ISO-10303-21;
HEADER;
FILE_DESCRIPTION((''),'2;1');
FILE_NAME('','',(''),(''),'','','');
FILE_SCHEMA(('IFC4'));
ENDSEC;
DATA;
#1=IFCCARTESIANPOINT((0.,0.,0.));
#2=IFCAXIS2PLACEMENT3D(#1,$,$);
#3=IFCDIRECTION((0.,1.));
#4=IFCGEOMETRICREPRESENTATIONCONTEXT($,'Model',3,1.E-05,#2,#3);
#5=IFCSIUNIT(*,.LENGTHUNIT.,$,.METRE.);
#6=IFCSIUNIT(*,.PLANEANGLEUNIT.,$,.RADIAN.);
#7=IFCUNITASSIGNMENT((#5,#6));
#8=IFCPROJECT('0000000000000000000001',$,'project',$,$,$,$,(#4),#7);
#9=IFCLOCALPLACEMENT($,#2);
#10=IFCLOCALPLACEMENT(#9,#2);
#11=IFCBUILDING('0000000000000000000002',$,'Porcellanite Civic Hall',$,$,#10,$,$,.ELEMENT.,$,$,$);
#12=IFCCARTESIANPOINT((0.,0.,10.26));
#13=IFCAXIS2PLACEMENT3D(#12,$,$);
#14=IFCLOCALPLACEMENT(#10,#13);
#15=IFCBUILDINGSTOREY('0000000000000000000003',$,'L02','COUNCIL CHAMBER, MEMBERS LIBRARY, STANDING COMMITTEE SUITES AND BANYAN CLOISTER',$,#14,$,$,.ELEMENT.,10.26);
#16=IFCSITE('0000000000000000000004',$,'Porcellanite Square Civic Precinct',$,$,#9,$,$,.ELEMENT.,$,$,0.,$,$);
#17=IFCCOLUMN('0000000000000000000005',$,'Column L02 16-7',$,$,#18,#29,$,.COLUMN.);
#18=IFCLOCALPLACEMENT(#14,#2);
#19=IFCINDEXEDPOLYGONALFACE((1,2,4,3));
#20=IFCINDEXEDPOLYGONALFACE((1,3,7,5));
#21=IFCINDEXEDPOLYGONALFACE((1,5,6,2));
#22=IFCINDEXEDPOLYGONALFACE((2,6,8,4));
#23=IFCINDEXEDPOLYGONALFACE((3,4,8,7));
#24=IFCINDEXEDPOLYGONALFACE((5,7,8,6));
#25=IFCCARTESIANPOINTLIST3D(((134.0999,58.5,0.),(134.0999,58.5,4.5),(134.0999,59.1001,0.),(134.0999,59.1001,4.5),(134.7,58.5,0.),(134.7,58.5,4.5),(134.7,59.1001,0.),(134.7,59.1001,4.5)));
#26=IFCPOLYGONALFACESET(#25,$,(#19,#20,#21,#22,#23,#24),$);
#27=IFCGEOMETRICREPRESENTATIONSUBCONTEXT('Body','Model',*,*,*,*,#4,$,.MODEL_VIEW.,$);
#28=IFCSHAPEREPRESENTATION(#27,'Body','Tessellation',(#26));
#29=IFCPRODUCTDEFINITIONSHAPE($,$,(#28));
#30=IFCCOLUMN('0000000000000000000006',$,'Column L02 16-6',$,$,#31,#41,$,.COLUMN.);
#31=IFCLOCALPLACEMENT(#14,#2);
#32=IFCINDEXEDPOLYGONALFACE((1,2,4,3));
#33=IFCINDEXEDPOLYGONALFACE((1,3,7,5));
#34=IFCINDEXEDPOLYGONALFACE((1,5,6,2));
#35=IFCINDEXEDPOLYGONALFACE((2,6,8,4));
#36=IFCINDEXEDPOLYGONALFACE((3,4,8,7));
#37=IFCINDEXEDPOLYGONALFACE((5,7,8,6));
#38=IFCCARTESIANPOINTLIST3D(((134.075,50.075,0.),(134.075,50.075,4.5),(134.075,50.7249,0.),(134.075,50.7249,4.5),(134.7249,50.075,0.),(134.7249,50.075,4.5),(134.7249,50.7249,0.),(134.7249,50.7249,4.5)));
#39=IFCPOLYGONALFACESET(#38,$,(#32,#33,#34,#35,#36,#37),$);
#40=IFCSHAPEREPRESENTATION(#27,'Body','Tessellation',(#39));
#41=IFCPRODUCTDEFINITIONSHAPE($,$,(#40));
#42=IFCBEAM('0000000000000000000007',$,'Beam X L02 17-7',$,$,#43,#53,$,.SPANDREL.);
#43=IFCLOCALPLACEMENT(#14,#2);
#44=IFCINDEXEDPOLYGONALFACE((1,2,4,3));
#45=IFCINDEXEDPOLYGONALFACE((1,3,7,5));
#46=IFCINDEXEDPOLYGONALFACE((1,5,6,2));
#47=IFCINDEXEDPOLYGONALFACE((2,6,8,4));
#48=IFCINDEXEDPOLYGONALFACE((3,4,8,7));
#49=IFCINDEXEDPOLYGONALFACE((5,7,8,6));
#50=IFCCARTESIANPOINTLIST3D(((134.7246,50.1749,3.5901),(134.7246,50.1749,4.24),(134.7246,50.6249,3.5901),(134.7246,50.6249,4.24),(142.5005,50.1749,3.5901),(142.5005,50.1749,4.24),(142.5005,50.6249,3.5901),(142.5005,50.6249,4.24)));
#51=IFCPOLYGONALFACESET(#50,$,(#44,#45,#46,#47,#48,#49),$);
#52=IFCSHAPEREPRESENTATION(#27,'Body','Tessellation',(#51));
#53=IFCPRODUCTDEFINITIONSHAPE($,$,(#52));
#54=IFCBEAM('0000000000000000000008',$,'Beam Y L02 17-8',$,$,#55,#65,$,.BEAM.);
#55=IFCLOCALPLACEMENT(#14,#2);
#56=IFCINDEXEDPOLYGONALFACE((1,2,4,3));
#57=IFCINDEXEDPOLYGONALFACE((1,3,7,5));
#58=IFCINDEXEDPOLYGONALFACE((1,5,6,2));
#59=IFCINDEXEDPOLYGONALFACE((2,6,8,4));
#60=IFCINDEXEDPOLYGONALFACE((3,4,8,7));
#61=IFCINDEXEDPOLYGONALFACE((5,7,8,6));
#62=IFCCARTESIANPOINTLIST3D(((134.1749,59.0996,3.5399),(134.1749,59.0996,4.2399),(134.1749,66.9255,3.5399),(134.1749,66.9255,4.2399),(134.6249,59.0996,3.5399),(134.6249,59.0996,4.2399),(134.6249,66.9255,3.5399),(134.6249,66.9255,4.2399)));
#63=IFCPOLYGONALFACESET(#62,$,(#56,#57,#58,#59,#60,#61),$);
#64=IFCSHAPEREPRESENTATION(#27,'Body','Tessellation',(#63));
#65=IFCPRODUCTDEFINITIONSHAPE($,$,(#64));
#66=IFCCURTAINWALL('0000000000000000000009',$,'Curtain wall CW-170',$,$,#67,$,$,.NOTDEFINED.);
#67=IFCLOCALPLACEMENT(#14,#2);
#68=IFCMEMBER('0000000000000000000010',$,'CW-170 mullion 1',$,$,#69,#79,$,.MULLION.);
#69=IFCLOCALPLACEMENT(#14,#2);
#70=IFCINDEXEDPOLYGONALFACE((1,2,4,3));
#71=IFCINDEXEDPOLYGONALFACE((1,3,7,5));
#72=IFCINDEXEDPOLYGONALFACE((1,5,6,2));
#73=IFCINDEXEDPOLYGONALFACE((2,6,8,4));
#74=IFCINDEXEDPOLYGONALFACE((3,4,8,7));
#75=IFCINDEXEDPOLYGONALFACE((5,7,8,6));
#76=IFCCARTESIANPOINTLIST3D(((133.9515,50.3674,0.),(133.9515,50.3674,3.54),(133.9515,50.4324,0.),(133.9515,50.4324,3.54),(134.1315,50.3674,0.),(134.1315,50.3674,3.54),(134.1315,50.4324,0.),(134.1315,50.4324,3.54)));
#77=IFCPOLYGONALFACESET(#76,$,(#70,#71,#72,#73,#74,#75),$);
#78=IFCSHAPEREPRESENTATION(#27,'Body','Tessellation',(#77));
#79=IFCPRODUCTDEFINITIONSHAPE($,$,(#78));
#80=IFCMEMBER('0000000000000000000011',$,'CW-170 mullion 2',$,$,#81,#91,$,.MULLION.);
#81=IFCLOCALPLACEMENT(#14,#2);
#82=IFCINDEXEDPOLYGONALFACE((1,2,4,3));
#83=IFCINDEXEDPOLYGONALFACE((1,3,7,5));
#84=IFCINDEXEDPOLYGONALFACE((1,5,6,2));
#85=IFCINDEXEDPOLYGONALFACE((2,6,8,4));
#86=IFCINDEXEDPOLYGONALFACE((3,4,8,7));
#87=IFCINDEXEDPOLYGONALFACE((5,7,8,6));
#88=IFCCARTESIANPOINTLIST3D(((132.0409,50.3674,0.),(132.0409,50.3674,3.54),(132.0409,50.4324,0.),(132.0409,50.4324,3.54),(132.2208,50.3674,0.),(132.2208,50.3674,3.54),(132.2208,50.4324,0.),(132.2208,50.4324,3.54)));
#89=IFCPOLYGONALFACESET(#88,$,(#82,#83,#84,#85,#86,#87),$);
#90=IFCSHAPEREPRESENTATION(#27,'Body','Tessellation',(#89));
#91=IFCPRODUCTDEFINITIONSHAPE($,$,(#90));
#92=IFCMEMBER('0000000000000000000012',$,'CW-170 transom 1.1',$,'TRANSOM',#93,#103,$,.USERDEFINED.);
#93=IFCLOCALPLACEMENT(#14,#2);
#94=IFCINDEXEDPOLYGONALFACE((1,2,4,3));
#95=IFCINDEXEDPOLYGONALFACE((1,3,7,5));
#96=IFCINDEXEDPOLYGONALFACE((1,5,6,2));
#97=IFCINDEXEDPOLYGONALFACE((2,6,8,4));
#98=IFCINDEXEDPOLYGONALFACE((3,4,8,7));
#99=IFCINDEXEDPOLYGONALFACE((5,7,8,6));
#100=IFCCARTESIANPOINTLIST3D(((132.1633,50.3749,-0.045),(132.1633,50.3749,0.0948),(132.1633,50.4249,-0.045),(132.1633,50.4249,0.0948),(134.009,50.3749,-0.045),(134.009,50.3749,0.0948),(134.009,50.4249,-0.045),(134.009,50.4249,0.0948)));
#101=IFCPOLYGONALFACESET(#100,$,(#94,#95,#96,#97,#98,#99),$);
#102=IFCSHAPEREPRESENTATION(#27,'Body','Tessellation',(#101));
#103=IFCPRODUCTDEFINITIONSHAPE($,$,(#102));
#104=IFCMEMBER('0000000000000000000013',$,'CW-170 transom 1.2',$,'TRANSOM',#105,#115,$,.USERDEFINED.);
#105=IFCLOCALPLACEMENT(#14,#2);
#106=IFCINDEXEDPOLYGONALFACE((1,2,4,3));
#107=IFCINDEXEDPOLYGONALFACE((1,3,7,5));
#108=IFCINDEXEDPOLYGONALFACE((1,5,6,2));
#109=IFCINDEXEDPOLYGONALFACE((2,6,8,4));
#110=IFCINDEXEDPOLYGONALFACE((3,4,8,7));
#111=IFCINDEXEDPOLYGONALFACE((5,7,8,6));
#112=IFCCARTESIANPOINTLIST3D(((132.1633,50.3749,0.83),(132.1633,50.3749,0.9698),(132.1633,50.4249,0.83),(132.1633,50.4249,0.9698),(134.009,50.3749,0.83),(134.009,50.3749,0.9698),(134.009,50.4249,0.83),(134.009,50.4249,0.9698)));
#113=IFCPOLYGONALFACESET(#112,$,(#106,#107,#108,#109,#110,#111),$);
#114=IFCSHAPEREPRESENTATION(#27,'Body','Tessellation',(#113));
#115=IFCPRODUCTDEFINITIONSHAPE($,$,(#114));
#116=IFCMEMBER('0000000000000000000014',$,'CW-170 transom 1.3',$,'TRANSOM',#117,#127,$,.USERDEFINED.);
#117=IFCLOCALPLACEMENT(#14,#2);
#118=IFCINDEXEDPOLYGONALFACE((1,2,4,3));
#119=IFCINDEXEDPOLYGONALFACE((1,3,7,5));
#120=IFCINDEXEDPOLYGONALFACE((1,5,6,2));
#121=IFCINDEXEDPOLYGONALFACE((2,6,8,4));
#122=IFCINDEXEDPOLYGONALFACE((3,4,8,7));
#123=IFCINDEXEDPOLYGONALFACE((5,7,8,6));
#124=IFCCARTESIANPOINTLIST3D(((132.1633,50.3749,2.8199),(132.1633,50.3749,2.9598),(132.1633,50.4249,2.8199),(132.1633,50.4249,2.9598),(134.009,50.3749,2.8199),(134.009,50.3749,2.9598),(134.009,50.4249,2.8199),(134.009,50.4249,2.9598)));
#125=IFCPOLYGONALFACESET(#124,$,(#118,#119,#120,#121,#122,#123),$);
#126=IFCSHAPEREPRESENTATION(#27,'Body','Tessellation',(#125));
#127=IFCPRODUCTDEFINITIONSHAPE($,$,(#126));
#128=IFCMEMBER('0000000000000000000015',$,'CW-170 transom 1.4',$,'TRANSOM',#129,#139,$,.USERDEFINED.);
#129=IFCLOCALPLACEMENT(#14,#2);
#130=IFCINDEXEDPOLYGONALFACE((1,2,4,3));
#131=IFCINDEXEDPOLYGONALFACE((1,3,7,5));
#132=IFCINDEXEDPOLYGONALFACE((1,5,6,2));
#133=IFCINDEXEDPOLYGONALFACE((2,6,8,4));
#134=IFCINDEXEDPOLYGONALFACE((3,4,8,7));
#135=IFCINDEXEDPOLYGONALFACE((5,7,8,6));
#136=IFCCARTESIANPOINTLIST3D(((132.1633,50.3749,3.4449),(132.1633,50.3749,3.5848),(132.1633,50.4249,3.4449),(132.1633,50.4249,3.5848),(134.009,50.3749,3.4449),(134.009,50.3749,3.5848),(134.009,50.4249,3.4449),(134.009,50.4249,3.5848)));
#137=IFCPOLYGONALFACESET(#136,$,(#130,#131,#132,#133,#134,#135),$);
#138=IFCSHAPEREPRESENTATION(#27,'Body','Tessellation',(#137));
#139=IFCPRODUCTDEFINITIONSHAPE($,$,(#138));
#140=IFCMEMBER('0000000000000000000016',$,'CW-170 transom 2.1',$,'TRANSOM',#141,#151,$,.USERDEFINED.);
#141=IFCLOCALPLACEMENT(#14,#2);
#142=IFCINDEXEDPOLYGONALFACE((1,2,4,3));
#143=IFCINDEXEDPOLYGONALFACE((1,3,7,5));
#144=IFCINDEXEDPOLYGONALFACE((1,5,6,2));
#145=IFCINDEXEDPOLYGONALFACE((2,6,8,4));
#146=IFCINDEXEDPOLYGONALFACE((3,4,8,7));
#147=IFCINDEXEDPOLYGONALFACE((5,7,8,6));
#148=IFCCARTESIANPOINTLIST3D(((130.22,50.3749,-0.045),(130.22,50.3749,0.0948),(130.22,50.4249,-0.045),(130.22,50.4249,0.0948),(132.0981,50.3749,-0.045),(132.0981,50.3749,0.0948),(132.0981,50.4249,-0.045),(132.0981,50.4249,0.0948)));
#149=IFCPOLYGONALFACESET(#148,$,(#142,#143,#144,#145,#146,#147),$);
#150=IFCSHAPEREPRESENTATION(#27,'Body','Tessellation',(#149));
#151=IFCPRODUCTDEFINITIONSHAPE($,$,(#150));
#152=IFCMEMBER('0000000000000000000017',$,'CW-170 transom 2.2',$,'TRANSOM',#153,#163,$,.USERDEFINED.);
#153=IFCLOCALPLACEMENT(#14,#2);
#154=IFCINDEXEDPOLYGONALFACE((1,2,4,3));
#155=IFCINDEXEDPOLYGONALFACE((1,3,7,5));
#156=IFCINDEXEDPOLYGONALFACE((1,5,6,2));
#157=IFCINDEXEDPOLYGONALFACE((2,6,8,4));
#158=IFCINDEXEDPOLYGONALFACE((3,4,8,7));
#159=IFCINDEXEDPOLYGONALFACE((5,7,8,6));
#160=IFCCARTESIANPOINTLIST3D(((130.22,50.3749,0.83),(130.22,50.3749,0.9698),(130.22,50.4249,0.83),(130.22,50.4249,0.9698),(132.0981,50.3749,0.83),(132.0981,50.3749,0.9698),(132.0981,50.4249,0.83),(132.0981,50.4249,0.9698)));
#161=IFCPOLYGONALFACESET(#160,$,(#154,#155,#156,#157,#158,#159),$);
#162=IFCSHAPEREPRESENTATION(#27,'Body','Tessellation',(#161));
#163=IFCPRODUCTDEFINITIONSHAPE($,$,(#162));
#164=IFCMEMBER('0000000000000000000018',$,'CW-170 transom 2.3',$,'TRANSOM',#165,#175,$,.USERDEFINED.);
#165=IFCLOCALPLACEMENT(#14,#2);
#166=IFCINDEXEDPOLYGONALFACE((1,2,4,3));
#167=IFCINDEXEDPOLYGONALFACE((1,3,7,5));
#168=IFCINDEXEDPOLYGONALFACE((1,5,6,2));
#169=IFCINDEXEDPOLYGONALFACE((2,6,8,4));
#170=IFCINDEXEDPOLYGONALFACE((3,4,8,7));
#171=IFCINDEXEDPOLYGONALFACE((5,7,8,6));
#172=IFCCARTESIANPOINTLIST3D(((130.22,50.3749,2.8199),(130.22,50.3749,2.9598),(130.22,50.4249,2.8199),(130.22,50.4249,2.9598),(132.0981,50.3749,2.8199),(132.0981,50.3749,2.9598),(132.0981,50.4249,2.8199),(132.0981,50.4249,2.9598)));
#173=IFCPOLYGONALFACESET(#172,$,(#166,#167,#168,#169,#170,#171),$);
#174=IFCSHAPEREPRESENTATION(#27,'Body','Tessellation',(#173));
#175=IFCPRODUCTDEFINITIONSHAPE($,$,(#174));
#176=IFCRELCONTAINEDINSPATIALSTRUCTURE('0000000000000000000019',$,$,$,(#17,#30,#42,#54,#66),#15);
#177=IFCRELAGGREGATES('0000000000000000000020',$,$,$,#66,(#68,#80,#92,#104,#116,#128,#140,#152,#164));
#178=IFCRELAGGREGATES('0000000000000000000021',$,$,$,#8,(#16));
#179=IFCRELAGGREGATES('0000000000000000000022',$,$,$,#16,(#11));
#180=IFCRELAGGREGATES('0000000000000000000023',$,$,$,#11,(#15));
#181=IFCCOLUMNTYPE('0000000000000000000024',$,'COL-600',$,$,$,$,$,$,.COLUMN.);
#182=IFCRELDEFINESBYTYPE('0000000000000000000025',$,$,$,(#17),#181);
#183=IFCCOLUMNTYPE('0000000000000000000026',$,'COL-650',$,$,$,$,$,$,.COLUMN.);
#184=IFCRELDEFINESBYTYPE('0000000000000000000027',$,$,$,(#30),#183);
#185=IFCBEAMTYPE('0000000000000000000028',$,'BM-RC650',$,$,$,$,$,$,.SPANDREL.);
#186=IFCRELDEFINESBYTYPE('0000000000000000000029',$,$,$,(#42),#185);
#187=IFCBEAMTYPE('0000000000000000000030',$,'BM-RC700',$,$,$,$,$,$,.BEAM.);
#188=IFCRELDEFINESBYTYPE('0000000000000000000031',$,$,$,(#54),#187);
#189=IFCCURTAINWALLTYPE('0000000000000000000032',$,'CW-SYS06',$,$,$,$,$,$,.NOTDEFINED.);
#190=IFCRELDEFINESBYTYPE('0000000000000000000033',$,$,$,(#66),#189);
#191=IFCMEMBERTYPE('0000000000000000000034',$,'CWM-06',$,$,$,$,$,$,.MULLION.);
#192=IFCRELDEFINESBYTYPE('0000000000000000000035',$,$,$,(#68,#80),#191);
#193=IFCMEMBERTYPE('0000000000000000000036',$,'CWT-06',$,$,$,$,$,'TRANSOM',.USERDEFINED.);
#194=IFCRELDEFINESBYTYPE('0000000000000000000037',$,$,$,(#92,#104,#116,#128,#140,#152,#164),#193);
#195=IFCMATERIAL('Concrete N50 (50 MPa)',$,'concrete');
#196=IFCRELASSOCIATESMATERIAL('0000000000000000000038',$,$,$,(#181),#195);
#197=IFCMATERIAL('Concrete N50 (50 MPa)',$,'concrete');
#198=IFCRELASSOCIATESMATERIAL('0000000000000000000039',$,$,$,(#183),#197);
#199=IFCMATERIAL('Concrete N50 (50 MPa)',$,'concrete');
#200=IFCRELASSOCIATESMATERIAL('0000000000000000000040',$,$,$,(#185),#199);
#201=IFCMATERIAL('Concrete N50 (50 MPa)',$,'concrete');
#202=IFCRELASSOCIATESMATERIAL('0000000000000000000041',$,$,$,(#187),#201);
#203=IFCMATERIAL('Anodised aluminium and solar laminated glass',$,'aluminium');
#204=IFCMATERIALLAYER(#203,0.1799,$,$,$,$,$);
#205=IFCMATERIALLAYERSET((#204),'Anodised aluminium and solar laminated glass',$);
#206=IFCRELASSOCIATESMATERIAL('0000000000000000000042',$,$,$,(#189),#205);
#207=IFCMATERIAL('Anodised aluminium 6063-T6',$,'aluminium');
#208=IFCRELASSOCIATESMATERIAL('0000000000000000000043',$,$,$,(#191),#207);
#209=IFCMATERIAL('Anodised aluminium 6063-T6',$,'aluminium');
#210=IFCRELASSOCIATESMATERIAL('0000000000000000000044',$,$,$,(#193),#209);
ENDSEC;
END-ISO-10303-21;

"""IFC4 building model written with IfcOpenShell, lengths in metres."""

from ifc_helpers import new_model, si_unit, direction, frame, origin, origin_2d, place, context, subcontext, project, spatial, rectangle, extrude, material, layer, layer_set, material_profile, profile_set, type_object, element, aggregate, save


model = new_model("IFC4")

# Units and contexts
model_context = context("Model", 3, precision=1e-05, world=origin(), true_north=direction((0.0, 1.0)))
body_context = subcontext(model_context, "Body", "Model", "MODEL_VIEW")
ifc_project = project(units=[si_unit("LENGTHUNIT", "METRE"), si_unit("PLANEANGLEUNIT", "RADIAN")], contexts=[model_context])

# Site, building, storey
site_placement = place(None, origin())
site = spatial("IfcSite", under=ifc_project, at=site_placement, Name="Porcellanite Square Civic Precinct", CompositionType="ELEMENT", RefElevation=0.0)
building_placement = place(site_placement, origin())
building = spatial("IfcBuilding", under=site, at=building_placement, Name="Porcellanite Civic Hall", CompositionType="ELEMENT")
storey_placement = place(building_placement, frame((0.0, 0.0, 10.26)))
storey = spatial("IfcBuildingStorey", under=building, at=storey_placement, Name="L02", Description="COUNCIL CHAMBER, MEMBERS LIBRARY, STANDING COMMITTEE SUITES AND BANYAN CLOISTER", CompositionType="ELEMENT", Elevation=10.26)

# Columns
ifc_material_1 = material(Name="Concrete N50 (50 MPa)", Category="concrete")
ifc_material_profile_1 = material_profile(ifc_material_1, rectangle(XDim=0.6001, YDim=0.6001, at=origin_2d()), Name="RC-600x600")
ifc_profile_set_1 = profile_set([ifc_material_profile_1], Name="Concrete N50 (50 MPa)")
column_type_1 = type_object("IfcColumnType", Name="COL-600", PredefinedType="COLUMN", material=ifc_profile_set_1)
column_1_placement = place(storey_placement, frame((134.3999, 58.8, 0.0), z_axis=(0.0, 0.0, 1.0), x_axis=(1.0, 0.0, 0.0)))
element("IfcColumn", 1, at=column_1_placement, inside=storey, type_object=column_type_1, Name="Column L02 16-7", PredefinedType="COLUMN", context=body_context, shape_type="SweptSolid", body=[
    extrude(rectangle(XDim=0.6001, YDim=0.6001, at=origin_2d()), origin(), (0.0, 0.0, 1.0), 4.5),
])
ifc_material_2 = material(Name="Concrete N50 (50 MPa)", Category="concrete")
ifc_material_profile_2 = material_profile(ifc_material_2, rectangle(XDim=0.6499, YDim=0.6499, at=origin_2d()), Name="RC-650x650")
ifc_profile_set_2 = profile_set([ifc_material_profile_2], Name="Concrete N50 (50 MPa)")
column_type_2 = type_object("IfcColumnType", Name="COL-650", PredefinedType="COLUMN", material=ifc_profile_set_2)
column_2_placement = place(storey_placement, frame((134.3999, 50.3999, 0.0), z_axis=(0.0, 0.0, 1.0), x_axis=(1.0, 0.0, 0.0)))
element("IfcColumn", 2, at=column_2_placement, inside=storey, type_object=column_type_2, Name="Column L02 16-6", PredefinedType="COLUMN", context=body_context, shape_type="SweptSolid", body=[
    extrude(rectangle(XDim=0.6499, YDim=0.6499, at=origin_2d()), origin(), (0.0, 0.0, 1.0), 4.5),
])

# Beams
ifc_material_3 = material(Name="Concrete N50 (50 MPa)", Category="concrete")
ifc_material_profile_3 = material_profile(ifc_material_3, rectangle(XDim=0.45, YDim=0.6499, at=origin_2d()), Name="RC-450x650")
ifc_profile_set_3 = profile_set([ifc_material_profile_3], Name="Concrete N50 (50 MPa)")
beam_type_1 = type_object("IfcBeamType", Name="BM-RC650", PredefinedType="SPANDREL", material=ifc_profile_set_3)
beam_1_placement = place(storey_placement, frame((134.7246, 50.3999, 3.915), z_axis=(1.0, 0.0, 0.0), x_axis=(0.0, 1.0, 0.0)))
element("IfcBeam", 3, at=beam_1_placement, inside=storey, type_object=beam_type_1, Name="Beam X L02 17-7", PredefinedType="SPANDREL", context=body_context, shape_type="SweptSolid", body=[
    extrude(rectangle(XDim=0.45, YDim=0.6499, at=origin_2d()), origin(), (0.0, 0.0, 1.0), 7.7759),
])
ifc_material_4 = material(Name="Concrete N50 (50 MPa)", Category="concrete")
ifc_material_profile_4 = material_profile(ifc_material_4, rectangle(XDim=0.45, YDim=0.7, at=origin_2d()), Name="RC-450x700")
ifc_profile_set_4 = profile_set([ifc_material_profile_4], Name="Concrete N50 (50 MPa)")
beam_type_2 = type_object("IfcBeamType", Name="BM-RC700", PredefinedType="BEAM", material=ifc_profile_set_4)
beam_2_placement = place(storey_placement, frame((134.3999, 59.0996, 3.8899), z_axis=(0.0, 1.0, 0.0), x_axis=(-1.0, 0.0, 0.0)))
element("IfcBeam", 4, at=beam_2_placement, inside=storey, type_object=beam_type_2, Name="Beam Y L02 17-8", PredefinedType="BEAM", context=body_context, shape_type="SweptSolid", body=[
    extrude(rectangle(XDim=0.45, YDim=0.7, at=origin_2d()), origin(), (0.0, 0.0, 1.0), 7.8259),
])

# Curtain wall, members
ifc_material_5 = material(Name="Anodised aluminium and solar laminated glass", Category="aluminium")
ifc_layer_1 = layer(ifc_material_5, 0.1799)
ifc_layer_set_1 = layer_set([ifc_layer_1], Name="Anodised aluminium and solar laminated glass")
curtain_wall_type = type_object("IfcCurtainWallType", Name="CW-SYS06", PredefinedType="NOTDEFINED", material=ifc_layer_set_1)
curtain_wall_placement = place(storey_placement, origin())
curtain_wall = element("IfcCurtainWall", 5, at=curtain_wall_placement, inside=storey, type_object=curtain_wall_type, Name="Curtain wall CW-170", PredefinedType="NOTDEFINED")
ifc_material_6 = material(Name="Anodised aluminium 6063-T6", Category="aluminium")
ifc_material_profile_5 = material_profile(ifc_material_6, rectangle(XDim=0.0649, YDim=0.1799, at=origin_2d()), Name="AL-65x180")
ifc_profile_set_5 = profile_set([ifc_material_profile_5], Name="Anodised aluminium 6063-T6")
member_type_1 = type_object("IfcMemberType", Name="CWM-06", PredefinedType="MULLION", material=ifc_profile_set_5)
member_1_placement = place(storey_placement, frame((134.0415, 50.3999, 0.0), z_axis=(0.0, 0.0, 1.0), x_axis=(0.0, -1.0, 0.0)))
member_1 = element("IfcMember", 6, at=member_1_placement, type_object=member_type_1, Name="CW-170 mullion 1", PredefinedType="MULLION", context=body_context, shape_type="SweptSolid", body=[
    extrude(rectangle(XDim=0.0649, YDim=0.1799, at=origin_2d()), origin(), (0.0, 0.0, 1.0), 3.54),
])
member_2_placement = place(storey_placement, frame((132.1309, 50.3999, 0.0), z_axis=(0.0, 0.0, 1.0), x_axis=(0.0, -1.0, 0.0)))
member_2 = element("IfcMember", 7, at=member_2_placement, type_object=member_type_1, Name="CW-170 mullion 2", PredefinedType="MULLION", context=body_context, shape_type="SweptSolid", body=[
    extrude(rectangle(XDim=0.0649, YDim=0.1799, at=origin_2d()), origin(), (0.0, 0.0, 1.0), 3.54),
])
ifc_material_7 = material(Name="Anodised aluminium 6063-T6", Category="aluminium")
ifc_material_profile_6 = material_profile(ifc_material_7, rectangle(XDim=0.05, YDim=0.1399, at=origin_2d()), Name="AL-50x140")
ifc_profile_set_6 = profile_set([ifc_material_profile_6], Name="Anodised aluminium 6063-T6")
member_type_2 = type_object("IfcMemberType", Name="CWT-06", ElementType="TRANSOM", PredefinedType="USERDEFINED", material=ifc_profile_set_6)
member_3_placement = place(storey_placement, frame((134.009, 50.3999, 0.0249), z_axis=(-1.0, 0.0, 0.0), x_axis=(0.0, -1.0, 0.0)))
member_3 = element("IfcMember", 8, at=member_3_placement, type_object=member_type_2, Name="CW-170 transom 1.1", ObjectType="TRANSOM", PredefinedType="USERDEFINED", context=body_context, shape_type="SweptSolid", body=[
    extrude(rectangle(XDim=0.05, YDim=0.1399, at=origin_2d()), origin(), (0.0, 0.0, 1.0), 1.8457),
])
member_4_placement = place(storey_placement, frame((134.009, 50.3999, 0.8999), z_axis=(-1.0, 0.0, 0.0), x_axis=(0.0, -1.0, 0.0)))
member_4 = element("IfcMember", 9, at=member_4_placement, type_object=member_type_2, Name="CW-170 transom 1.2", ObjectType="TRANSOM", PredefinedType="USERDEFINED", context=body_context, shape_type="SweptSolid", body=[
    extrude(rectangle(XDim=0.05, YDim=0.1399, at=origin_2d()), origin(), (0.0, 0.0, 1.0), 1.8457),
])
member_5_placement = place(storey_placement, frame((134.009, 50.3999, 2.8899), z_axis=(-1.0, 0.0, 0.0), x_axis=(0.0, -1.0, 0.0)))
member_5 = element("IfcMember", 10, at=member_5_placement, type_object=member_type_2, Name="CW-170 transom 1.3", ObjectType="TRANSOM", PredefinedType="USERDEFINED", context=body_context, shape_type="SweptSolid", body=[
    extrude(rectangle(XDim=0.05, YDim=0.1399, at=origin_2d()), origin(), (0.0, 0.0, 1.0), 1.8457),
])
member_6_placement = place(storey_placement, frame((134.009, 50.3999, 3.5149), z_axis=(-1.0, 0.0, 0.0), x_axis=(0.0, -1.0, 0.0)))
member_6 = element("IfcMember", 11, at=member_6_placement, type_object=member_type_2, Name="CW-170 transom 1.4", ObjectType="TRANSOM", PredefinedType="USERDEFINED", context=body_context, shape_type="SweptSolid", body=[
    extrude(rectangle(XDim=0.05, YDim=0.1399, at=origin_2d()), origin(), (0.0, 0.0, 1.0), 1.8457),
])
member_7_placement = place(storey_placement, frame((132.0981, 50.3999, 0.0249), z_axis=(-1.0, 0.0, 0.0), x_axis=(0.0, -1.0, 0.0)))
member_7 = element("IfcMember", 12, at=member_7_placement, type_object=member_type_2, Name="CW-170 transom 2.1", ObjectType="TRANSOM", PredefinedType="USERDEFINED", context=body_context, shape_type="SweptSolid", body=[
    extrude(rectangle(XDim=0.05, YDim=0.1399, at=origin_2d()), origin(), (0.0, 0.0, 1.0), 1.8782),
])
member_8_placement = place(storey_placement, frame((132.0981, 50.3999, 0.8999), z_axis=(-1.0, 0.0, 0.0), x_axis=(0.0, -1.0, 0.0)))
member_8 = element("IfcMember", 13, at=member_8_placement, type_object=member_type_2, Name="CW-170 transom 2.2", ObjectType="TRANSOM", PredefinedType="USERDEFINED", context=body_context, shape_type="SweptSolid", body=[
    extrude(rectangle(XDim=0.05, YDim=0.1399, at=origin_2d()), origin(), (0.0, 0.0, 1.0), 1.8782),
])
member_9_placement = place(storey_placement, frame((132.0981, 50.3999, 2.8899), z_axis=(-1.0, 0.0, 0.0), x_axis=(0.0, -1.0, 0.0)))
member_9 = element("IfcMember", 14, at=member_9_placement, type_object=member_type_2, Name="CW-170 transom 2.3", ObjectType="TRANSOM", PredefinedType="USERDEFINED", context=body_context, shape_type="SweptSolid", body=[
    extrude(rectangle(XDim=0.05, YDim=0.1399, at=origin_2d()), origin(), (0.0, 0.0, 1.0), 1.8782),
])

aggregate(curtain_wall, [member_1, member_2, member_3, member_4, member_5, member_6, member_7, member_8, member_9])

save(model, "model.ifc")
